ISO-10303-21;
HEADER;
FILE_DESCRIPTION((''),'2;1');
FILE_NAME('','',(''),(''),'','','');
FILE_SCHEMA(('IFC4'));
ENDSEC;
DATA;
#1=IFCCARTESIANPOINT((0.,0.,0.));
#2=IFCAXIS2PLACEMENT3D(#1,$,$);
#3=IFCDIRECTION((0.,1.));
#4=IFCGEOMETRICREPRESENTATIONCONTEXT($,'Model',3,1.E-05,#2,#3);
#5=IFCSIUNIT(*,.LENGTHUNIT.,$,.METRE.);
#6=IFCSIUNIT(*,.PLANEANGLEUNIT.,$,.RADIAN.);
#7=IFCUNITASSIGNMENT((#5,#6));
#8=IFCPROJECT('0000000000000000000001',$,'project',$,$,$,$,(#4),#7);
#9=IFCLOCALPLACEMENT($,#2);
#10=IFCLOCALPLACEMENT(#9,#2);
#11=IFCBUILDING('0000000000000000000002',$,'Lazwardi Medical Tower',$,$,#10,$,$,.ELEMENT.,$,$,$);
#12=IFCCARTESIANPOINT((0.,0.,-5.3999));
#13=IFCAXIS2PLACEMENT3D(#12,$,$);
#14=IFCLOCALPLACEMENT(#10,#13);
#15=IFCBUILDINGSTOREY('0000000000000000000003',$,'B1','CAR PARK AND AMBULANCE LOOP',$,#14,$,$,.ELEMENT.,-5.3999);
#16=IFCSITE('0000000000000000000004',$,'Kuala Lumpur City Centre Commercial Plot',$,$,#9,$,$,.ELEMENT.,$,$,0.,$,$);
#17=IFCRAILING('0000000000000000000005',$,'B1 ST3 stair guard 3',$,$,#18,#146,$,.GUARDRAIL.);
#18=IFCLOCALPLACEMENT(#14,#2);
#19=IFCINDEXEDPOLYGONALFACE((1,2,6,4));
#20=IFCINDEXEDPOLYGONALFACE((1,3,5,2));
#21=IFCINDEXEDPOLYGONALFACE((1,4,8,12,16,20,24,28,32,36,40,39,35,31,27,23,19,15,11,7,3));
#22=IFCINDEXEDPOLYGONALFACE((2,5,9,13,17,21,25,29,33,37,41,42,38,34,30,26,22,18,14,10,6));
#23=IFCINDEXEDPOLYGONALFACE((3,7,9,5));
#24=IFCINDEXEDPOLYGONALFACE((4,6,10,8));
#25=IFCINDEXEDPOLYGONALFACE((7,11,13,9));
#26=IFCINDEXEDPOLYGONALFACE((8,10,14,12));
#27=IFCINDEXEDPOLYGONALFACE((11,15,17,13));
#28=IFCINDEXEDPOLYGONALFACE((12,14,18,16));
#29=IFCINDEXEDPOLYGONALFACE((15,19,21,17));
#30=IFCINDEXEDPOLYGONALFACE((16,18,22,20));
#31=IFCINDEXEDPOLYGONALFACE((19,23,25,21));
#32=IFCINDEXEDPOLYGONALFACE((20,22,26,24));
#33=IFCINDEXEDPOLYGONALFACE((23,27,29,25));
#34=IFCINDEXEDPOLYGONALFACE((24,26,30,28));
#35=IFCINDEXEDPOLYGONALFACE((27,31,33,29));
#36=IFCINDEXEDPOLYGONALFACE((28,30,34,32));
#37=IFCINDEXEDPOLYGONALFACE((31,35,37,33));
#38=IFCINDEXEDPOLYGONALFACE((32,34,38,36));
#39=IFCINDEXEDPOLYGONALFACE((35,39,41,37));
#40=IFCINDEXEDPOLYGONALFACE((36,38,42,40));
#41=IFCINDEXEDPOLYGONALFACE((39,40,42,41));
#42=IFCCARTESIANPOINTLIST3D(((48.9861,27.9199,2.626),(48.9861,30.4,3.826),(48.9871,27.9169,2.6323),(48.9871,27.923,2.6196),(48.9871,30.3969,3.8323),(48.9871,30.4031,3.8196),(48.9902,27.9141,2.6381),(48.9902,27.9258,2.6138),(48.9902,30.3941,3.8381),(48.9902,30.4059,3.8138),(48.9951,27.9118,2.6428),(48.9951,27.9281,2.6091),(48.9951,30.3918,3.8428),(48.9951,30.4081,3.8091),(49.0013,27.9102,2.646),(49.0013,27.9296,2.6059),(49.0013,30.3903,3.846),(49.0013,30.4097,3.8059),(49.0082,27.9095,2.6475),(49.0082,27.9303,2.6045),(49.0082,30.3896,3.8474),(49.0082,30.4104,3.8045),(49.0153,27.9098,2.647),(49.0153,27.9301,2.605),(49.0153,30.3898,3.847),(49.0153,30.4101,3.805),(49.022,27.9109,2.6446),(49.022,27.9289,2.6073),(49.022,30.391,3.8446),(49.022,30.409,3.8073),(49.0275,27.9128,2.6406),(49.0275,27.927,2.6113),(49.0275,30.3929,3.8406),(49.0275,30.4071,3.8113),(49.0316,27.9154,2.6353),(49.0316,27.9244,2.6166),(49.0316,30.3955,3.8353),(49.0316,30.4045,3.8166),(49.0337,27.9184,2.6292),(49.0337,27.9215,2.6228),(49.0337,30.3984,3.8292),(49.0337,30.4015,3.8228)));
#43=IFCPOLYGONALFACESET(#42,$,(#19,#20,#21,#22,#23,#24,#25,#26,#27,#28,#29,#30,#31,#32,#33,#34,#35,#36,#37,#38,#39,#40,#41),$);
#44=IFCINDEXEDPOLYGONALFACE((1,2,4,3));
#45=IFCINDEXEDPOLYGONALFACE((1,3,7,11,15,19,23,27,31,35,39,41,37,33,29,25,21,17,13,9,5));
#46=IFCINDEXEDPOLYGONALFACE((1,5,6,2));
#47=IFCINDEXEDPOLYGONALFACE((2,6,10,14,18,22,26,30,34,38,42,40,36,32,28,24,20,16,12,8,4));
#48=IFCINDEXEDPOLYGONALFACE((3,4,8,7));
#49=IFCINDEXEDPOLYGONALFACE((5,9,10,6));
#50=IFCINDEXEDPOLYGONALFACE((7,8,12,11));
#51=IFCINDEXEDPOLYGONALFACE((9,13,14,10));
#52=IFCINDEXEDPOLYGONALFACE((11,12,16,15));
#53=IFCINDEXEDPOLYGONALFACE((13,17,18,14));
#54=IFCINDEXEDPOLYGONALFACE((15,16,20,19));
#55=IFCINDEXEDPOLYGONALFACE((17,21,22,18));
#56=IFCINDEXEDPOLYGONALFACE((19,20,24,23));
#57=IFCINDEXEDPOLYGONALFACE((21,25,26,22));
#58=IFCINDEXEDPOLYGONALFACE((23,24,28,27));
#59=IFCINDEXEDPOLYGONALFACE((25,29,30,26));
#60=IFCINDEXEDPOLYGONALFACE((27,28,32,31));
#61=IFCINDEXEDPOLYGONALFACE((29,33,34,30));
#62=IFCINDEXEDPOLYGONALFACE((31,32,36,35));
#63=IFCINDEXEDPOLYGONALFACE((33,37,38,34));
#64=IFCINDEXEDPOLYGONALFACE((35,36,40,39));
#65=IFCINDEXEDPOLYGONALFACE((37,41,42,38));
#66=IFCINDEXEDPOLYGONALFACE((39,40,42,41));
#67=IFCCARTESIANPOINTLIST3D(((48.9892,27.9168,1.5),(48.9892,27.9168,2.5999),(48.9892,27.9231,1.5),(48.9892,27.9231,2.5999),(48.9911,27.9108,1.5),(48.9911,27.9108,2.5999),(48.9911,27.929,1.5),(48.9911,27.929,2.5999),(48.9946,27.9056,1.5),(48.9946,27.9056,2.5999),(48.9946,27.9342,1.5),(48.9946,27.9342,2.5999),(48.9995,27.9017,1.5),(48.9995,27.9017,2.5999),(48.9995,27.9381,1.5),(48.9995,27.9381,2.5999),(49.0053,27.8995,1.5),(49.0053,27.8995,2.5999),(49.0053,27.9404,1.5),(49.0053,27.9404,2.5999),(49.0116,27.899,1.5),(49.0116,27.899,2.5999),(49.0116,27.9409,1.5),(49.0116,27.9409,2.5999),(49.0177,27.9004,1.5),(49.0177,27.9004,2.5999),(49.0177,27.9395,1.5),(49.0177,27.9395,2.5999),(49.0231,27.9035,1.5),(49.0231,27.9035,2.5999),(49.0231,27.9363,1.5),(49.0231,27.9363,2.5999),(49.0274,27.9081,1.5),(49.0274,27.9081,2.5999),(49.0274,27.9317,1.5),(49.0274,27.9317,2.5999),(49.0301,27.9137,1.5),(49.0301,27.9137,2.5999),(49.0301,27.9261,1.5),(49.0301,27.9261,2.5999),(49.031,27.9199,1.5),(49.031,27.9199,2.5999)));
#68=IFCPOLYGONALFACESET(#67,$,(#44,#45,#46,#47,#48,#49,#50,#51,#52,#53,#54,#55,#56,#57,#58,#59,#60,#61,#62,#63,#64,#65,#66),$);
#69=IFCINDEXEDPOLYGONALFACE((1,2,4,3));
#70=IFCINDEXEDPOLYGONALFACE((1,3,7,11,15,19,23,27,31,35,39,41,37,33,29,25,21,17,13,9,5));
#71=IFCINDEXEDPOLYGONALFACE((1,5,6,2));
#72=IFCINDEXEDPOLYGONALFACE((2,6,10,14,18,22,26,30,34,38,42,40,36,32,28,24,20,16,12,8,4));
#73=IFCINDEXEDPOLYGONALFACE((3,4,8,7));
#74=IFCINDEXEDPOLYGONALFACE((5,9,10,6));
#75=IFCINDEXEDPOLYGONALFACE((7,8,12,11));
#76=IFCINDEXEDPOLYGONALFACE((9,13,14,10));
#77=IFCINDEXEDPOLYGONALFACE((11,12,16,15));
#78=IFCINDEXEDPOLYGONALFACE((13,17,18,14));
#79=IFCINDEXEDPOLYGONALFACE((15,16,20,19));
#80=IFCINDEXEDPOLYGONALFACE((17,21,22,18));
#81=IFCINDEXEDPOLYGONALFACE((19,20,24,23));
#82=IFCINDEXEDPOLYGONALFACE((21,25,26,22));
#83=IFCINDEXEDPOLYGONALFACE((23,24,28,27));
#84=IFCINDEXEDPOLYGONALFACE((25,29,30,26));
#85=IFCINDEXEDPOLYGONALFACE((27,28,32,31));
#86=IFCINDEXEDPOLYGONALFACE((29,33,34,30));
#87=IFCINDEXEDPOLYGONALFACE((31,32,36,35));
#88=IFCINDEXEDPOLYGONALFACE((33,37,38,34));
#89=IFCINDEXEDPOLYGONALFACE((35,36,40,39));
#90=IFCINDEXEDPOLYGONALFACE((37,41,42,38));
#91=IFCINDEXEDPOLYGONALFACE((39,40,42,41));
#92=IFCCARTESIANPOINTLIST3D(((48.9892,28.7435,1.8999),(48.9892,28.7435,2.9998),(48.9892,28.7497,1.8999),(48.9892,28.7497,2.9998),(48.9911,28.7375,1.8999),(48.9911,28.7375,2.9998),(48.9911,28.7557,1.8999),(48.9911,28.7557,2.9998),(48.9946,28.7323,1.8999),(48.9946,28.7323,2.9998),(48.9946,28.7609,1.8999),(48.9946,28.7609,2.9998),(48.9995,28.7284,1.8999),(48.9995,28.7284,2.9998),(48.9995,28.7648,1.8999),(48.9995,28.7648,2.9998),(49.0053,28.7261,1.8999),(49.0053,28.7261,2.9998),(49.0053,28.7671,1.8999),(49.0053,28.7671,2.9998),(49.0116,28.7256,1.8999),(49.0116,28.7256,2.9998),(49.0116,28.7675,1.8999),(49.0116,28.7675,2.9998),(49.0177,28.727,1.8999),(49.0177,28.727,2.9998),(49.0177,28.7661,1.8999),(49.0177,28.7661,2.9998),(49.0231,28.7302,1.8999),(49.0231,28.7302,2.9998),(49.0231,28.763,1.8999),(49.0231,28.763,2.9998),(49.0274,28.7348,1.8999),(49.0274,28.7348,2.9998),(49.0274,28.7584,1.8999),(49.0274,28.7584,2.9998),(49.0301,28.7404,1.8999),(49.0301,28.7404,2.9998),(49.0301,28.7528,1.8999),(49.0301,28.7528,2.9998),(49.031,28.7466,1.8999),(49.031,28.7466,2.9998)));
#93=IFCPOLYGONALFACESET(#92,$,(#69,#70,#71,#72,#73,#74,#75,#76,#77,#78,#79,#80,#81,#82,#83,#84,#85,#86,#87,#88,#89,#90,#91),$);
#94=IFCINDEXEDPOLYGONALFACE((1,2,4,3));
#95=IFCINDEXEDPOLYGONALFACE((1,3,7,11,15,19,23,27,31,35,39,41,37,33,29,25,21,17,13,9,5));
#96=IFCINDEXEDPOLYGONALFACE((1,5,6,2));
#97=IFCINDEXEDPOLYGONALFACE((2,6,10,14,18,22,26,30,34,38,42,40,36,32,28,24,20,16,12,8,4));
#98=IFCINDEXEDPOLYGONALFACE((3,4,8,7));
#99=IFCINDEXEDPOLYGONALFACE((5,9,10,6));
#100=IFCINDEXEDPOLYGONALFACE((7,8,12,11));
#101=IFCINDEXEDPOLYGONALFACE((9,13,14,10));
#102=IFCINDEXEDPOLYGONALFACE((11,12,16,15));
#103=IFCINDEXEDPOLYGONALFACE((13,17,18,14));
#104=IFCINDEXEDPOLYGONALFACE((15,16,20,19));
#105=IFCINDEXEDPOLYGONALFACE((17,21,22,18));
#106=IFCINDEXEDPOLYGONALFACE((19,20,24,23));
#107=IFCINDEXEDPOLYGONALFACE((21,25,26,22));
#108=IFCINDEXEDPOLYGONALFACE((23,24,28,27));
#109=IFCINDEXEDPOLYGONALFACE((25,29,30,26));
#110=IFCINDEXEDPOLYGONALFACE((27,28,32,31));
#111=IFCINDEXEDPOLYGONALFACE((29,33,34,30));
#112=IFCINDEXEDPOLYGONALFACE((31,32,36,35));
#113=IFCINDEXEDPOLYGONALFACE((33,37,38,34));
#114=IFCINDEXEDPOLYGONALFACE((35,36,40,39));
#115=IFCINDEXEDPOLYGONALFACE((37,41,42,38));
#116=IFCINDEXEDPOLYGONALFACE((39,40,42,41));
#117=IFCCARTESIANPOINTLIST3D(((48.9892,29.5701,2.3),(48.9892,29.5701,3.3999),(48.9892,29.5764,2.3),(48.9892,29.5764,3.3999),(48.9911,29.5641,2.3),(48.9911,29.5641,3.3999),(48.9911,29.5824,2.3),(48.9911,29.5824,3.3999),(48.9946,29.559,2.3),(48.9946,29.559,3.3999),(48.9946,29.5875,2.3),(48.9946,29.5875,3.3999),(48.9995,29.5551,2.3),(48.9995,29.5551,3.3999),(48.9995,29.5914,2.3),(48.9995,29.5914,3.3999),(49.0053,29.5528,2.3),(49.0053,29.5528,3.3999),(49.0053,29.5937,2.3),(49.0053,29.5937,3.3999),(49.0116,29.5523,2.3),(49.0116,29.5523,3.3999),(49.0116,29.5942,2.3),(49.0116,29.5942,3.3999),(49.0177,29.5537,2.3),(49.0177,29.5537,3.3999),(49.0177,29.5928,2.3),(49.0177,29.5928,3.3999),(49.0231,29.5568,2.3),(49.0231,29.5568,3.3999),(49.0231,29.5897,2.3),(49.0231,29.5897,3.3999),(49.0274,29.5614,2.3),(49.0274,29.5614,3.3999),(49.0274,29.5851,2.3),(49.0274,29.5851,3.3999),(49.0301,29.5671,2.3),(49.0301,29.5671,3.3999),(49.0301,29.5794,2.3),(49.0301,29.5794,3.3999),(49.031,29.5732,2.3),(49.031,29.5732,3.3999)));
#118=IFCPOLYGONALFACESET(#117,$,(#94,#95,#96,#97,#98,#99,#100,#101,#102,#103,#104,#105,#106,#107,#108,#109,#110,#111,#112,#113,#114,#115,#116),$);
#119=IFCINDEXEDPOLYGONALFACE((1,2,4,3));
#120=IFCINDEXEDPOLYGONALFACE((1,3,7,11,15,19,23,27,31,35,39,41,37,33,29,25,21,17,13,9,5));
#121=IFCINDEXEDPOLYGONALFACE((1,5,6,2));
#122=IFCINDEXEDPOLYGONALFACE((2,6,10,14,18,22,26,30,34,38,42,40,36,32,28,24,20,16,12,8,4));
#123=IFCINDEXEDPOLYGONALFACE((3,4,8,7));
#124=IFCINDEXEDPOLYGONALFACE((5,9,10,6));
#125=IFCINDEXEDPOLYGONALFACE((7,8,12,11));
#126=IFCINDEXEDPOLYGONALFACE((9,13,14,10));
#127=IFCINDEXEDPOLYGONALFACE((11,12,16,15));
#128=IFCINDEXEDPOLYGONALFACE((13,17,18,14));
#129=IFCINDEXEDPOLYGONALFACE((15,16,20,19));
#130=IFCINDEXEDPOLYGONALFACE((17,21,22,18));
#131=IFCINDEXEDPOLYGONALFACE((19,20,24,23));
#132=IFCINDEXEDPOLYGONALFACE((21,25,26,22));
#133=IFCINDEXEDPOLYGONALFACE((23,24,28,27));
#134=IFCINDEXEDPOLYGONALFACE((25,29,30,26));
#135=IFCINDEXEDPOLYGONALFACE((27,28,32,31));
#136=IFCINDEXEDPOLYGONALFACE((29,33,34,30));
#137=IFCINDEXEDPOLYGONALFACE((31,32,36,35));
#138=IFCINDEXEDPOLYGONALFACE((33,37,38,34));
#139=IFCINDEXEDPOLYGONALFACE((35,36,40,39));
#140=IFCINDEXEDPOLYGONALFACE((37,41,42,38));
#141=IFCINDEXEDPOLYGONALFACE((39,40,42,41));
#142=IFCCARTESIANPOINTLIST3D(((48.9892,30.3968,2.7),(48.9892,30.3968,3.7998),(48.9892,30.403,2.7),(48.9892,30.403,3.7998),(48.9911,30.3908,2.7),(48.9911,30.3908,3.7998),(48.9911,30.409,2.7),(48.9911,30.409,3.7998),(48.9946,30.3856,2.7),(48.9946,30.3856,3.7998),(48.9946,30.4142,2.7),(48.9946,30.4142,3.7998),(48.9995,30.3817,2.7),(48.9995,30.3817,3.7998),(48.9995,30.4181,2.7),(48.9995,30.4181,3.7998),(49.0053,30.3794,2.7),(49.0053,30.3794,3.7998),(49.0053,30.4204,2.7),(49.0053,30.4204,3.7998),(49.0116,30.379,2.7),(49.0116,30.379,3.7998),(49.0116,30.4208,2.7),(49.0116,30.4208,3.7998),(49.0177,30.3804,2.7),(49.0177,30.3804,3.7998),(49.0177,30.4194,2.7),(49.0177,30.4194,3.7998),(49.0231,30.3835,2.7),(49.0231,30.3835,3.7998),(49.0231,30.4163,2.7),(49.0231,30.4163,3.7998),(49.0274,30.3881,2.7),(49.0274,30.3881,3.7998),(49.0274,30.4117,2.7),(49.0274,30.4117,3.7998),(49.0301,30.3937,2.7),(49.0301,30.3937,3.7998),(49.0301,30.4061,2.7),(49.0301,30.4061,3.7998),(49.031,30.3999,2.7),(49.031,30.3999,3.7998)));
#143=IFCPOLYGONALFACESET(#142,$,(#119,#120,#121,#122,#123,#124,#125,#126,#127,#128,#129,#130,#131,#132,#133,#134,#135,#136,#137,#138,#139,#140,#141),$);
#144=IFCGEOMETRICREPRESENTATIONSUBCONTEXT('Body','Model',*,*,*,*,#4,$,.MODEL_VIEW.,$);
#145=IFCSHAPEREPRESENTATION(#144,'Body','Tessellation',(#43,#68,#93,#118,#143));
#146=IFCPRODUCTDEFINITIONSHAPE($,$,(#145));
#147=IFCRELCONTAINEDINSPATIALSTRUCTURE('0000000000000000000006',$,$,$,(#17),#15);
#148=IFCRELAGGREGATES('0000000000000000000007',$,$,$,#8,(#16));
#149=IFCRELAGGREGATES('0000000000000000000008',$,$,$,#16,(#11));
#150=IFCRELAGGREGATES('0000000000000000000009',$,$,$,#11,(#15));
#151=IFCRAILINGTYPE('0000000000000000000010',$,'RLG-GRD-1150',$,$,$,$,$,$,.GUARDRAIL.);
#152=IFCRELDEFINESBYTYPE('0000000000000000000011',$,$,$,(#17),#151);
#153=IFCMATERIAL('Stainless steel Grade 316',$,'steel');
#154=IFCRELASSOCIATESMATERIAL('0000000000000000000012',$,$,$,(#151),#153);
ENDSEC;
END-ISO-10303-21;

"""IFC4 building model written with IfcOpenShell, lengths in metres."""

from ifc_helpers import new_model, si_unit, direction, frame, origin, origin_2d, place, context, subcontext, project, spatial, circle, extrude, material, type_object, element, save


model = new_model("IFC4")

# Units and contexts
model_context = context("Model", 3, precision=1e-05, world=origin(), true_north=direction((0.0, 1.0)))
body_context = subcontext(model_context, "Body", "Model", "MODEL_VIEW")
ifc_project = project(units=[si_unit("LENGTHUNIT", "METRE"), si_unit("PLANEANGLEUNIT", "RADIAN")], contexts=[model_context])

# Site, building, storey
site_placement = place(None, origin())
site = spatial("IfcSite", under=ifc_project, at=site_placement, Name="Kuala Lumpur City Centre Commercial Plot", CompositionType="ELEMENT", RefElevation=0.0)
building_placement = place(site_placement, origin())
building = spatial("IfcBuilding", under=site, at=building_placement, Name="Lazwardi Medical Tower", CompositionType="ELEMENT")
storey_placement = place(building_placement, frame((0.0, 0.0, -5.3999)))
storey = spatial("IfcBuildingStorey", under=building, at=storey_placement, Name="B1", Description="CAR PARK AND AMBULANCE LOOP", CompositionType="ELEMENT", Elevation=-5.3999)

# Railing
ifc_material_1 = material(Name="Stainless steel Grade 316", Category="steel")
railing_type_1 = type_object("IfcRailingType", Name="RLG-GRD-1150", PredefinedType="GUARDRAIL", material=ifc_material_1)
railing_1_placement = place(storey_placement, frame((49.01, 27.9199, 1.5)))
element("IfcRailing", 1, at=railing_1_placement, inside=storey, type_object=railing_type_1, Name="B1 ST3 stair guard 3", PredefinedType="GUARDRAIL", context=body_context, shape_type="SweptSolid", body=[
    extrude(circle(Radius=0.0239, at=origin_2d()), frame((0.0, 0.0, 1.126), z_axis=(0.0, 0.900165, 0.435549), x_axis=(-1.0, 0.0, 0.0)), (0.0, 0.0, 1.0), 2.7551),
    extrude(circle(Radius=0.021, at=origin_2d()), origin(), (0.0, 0.0, 1.0), 1.0999),
    extrude(circle(Radius=0.021, at=origin_2d()), frame((0.0, 0.8267, 0.3999)), (0.0, 0.0, 1.0), 1.0999),
    extrude(circle(Radius=0.021, at=origin_2d()), frame((0.0, 1.6533, 0.8)), (0.0, 0.0, 1.0), 1.0999),
    extrude(circle(Radius=0.021, at=origin_2d()), frame((0.0, 2.48, 1.2)), (0.0, 0.0, 1.0), 1.0999),
])

save(model, "model.ifc")
